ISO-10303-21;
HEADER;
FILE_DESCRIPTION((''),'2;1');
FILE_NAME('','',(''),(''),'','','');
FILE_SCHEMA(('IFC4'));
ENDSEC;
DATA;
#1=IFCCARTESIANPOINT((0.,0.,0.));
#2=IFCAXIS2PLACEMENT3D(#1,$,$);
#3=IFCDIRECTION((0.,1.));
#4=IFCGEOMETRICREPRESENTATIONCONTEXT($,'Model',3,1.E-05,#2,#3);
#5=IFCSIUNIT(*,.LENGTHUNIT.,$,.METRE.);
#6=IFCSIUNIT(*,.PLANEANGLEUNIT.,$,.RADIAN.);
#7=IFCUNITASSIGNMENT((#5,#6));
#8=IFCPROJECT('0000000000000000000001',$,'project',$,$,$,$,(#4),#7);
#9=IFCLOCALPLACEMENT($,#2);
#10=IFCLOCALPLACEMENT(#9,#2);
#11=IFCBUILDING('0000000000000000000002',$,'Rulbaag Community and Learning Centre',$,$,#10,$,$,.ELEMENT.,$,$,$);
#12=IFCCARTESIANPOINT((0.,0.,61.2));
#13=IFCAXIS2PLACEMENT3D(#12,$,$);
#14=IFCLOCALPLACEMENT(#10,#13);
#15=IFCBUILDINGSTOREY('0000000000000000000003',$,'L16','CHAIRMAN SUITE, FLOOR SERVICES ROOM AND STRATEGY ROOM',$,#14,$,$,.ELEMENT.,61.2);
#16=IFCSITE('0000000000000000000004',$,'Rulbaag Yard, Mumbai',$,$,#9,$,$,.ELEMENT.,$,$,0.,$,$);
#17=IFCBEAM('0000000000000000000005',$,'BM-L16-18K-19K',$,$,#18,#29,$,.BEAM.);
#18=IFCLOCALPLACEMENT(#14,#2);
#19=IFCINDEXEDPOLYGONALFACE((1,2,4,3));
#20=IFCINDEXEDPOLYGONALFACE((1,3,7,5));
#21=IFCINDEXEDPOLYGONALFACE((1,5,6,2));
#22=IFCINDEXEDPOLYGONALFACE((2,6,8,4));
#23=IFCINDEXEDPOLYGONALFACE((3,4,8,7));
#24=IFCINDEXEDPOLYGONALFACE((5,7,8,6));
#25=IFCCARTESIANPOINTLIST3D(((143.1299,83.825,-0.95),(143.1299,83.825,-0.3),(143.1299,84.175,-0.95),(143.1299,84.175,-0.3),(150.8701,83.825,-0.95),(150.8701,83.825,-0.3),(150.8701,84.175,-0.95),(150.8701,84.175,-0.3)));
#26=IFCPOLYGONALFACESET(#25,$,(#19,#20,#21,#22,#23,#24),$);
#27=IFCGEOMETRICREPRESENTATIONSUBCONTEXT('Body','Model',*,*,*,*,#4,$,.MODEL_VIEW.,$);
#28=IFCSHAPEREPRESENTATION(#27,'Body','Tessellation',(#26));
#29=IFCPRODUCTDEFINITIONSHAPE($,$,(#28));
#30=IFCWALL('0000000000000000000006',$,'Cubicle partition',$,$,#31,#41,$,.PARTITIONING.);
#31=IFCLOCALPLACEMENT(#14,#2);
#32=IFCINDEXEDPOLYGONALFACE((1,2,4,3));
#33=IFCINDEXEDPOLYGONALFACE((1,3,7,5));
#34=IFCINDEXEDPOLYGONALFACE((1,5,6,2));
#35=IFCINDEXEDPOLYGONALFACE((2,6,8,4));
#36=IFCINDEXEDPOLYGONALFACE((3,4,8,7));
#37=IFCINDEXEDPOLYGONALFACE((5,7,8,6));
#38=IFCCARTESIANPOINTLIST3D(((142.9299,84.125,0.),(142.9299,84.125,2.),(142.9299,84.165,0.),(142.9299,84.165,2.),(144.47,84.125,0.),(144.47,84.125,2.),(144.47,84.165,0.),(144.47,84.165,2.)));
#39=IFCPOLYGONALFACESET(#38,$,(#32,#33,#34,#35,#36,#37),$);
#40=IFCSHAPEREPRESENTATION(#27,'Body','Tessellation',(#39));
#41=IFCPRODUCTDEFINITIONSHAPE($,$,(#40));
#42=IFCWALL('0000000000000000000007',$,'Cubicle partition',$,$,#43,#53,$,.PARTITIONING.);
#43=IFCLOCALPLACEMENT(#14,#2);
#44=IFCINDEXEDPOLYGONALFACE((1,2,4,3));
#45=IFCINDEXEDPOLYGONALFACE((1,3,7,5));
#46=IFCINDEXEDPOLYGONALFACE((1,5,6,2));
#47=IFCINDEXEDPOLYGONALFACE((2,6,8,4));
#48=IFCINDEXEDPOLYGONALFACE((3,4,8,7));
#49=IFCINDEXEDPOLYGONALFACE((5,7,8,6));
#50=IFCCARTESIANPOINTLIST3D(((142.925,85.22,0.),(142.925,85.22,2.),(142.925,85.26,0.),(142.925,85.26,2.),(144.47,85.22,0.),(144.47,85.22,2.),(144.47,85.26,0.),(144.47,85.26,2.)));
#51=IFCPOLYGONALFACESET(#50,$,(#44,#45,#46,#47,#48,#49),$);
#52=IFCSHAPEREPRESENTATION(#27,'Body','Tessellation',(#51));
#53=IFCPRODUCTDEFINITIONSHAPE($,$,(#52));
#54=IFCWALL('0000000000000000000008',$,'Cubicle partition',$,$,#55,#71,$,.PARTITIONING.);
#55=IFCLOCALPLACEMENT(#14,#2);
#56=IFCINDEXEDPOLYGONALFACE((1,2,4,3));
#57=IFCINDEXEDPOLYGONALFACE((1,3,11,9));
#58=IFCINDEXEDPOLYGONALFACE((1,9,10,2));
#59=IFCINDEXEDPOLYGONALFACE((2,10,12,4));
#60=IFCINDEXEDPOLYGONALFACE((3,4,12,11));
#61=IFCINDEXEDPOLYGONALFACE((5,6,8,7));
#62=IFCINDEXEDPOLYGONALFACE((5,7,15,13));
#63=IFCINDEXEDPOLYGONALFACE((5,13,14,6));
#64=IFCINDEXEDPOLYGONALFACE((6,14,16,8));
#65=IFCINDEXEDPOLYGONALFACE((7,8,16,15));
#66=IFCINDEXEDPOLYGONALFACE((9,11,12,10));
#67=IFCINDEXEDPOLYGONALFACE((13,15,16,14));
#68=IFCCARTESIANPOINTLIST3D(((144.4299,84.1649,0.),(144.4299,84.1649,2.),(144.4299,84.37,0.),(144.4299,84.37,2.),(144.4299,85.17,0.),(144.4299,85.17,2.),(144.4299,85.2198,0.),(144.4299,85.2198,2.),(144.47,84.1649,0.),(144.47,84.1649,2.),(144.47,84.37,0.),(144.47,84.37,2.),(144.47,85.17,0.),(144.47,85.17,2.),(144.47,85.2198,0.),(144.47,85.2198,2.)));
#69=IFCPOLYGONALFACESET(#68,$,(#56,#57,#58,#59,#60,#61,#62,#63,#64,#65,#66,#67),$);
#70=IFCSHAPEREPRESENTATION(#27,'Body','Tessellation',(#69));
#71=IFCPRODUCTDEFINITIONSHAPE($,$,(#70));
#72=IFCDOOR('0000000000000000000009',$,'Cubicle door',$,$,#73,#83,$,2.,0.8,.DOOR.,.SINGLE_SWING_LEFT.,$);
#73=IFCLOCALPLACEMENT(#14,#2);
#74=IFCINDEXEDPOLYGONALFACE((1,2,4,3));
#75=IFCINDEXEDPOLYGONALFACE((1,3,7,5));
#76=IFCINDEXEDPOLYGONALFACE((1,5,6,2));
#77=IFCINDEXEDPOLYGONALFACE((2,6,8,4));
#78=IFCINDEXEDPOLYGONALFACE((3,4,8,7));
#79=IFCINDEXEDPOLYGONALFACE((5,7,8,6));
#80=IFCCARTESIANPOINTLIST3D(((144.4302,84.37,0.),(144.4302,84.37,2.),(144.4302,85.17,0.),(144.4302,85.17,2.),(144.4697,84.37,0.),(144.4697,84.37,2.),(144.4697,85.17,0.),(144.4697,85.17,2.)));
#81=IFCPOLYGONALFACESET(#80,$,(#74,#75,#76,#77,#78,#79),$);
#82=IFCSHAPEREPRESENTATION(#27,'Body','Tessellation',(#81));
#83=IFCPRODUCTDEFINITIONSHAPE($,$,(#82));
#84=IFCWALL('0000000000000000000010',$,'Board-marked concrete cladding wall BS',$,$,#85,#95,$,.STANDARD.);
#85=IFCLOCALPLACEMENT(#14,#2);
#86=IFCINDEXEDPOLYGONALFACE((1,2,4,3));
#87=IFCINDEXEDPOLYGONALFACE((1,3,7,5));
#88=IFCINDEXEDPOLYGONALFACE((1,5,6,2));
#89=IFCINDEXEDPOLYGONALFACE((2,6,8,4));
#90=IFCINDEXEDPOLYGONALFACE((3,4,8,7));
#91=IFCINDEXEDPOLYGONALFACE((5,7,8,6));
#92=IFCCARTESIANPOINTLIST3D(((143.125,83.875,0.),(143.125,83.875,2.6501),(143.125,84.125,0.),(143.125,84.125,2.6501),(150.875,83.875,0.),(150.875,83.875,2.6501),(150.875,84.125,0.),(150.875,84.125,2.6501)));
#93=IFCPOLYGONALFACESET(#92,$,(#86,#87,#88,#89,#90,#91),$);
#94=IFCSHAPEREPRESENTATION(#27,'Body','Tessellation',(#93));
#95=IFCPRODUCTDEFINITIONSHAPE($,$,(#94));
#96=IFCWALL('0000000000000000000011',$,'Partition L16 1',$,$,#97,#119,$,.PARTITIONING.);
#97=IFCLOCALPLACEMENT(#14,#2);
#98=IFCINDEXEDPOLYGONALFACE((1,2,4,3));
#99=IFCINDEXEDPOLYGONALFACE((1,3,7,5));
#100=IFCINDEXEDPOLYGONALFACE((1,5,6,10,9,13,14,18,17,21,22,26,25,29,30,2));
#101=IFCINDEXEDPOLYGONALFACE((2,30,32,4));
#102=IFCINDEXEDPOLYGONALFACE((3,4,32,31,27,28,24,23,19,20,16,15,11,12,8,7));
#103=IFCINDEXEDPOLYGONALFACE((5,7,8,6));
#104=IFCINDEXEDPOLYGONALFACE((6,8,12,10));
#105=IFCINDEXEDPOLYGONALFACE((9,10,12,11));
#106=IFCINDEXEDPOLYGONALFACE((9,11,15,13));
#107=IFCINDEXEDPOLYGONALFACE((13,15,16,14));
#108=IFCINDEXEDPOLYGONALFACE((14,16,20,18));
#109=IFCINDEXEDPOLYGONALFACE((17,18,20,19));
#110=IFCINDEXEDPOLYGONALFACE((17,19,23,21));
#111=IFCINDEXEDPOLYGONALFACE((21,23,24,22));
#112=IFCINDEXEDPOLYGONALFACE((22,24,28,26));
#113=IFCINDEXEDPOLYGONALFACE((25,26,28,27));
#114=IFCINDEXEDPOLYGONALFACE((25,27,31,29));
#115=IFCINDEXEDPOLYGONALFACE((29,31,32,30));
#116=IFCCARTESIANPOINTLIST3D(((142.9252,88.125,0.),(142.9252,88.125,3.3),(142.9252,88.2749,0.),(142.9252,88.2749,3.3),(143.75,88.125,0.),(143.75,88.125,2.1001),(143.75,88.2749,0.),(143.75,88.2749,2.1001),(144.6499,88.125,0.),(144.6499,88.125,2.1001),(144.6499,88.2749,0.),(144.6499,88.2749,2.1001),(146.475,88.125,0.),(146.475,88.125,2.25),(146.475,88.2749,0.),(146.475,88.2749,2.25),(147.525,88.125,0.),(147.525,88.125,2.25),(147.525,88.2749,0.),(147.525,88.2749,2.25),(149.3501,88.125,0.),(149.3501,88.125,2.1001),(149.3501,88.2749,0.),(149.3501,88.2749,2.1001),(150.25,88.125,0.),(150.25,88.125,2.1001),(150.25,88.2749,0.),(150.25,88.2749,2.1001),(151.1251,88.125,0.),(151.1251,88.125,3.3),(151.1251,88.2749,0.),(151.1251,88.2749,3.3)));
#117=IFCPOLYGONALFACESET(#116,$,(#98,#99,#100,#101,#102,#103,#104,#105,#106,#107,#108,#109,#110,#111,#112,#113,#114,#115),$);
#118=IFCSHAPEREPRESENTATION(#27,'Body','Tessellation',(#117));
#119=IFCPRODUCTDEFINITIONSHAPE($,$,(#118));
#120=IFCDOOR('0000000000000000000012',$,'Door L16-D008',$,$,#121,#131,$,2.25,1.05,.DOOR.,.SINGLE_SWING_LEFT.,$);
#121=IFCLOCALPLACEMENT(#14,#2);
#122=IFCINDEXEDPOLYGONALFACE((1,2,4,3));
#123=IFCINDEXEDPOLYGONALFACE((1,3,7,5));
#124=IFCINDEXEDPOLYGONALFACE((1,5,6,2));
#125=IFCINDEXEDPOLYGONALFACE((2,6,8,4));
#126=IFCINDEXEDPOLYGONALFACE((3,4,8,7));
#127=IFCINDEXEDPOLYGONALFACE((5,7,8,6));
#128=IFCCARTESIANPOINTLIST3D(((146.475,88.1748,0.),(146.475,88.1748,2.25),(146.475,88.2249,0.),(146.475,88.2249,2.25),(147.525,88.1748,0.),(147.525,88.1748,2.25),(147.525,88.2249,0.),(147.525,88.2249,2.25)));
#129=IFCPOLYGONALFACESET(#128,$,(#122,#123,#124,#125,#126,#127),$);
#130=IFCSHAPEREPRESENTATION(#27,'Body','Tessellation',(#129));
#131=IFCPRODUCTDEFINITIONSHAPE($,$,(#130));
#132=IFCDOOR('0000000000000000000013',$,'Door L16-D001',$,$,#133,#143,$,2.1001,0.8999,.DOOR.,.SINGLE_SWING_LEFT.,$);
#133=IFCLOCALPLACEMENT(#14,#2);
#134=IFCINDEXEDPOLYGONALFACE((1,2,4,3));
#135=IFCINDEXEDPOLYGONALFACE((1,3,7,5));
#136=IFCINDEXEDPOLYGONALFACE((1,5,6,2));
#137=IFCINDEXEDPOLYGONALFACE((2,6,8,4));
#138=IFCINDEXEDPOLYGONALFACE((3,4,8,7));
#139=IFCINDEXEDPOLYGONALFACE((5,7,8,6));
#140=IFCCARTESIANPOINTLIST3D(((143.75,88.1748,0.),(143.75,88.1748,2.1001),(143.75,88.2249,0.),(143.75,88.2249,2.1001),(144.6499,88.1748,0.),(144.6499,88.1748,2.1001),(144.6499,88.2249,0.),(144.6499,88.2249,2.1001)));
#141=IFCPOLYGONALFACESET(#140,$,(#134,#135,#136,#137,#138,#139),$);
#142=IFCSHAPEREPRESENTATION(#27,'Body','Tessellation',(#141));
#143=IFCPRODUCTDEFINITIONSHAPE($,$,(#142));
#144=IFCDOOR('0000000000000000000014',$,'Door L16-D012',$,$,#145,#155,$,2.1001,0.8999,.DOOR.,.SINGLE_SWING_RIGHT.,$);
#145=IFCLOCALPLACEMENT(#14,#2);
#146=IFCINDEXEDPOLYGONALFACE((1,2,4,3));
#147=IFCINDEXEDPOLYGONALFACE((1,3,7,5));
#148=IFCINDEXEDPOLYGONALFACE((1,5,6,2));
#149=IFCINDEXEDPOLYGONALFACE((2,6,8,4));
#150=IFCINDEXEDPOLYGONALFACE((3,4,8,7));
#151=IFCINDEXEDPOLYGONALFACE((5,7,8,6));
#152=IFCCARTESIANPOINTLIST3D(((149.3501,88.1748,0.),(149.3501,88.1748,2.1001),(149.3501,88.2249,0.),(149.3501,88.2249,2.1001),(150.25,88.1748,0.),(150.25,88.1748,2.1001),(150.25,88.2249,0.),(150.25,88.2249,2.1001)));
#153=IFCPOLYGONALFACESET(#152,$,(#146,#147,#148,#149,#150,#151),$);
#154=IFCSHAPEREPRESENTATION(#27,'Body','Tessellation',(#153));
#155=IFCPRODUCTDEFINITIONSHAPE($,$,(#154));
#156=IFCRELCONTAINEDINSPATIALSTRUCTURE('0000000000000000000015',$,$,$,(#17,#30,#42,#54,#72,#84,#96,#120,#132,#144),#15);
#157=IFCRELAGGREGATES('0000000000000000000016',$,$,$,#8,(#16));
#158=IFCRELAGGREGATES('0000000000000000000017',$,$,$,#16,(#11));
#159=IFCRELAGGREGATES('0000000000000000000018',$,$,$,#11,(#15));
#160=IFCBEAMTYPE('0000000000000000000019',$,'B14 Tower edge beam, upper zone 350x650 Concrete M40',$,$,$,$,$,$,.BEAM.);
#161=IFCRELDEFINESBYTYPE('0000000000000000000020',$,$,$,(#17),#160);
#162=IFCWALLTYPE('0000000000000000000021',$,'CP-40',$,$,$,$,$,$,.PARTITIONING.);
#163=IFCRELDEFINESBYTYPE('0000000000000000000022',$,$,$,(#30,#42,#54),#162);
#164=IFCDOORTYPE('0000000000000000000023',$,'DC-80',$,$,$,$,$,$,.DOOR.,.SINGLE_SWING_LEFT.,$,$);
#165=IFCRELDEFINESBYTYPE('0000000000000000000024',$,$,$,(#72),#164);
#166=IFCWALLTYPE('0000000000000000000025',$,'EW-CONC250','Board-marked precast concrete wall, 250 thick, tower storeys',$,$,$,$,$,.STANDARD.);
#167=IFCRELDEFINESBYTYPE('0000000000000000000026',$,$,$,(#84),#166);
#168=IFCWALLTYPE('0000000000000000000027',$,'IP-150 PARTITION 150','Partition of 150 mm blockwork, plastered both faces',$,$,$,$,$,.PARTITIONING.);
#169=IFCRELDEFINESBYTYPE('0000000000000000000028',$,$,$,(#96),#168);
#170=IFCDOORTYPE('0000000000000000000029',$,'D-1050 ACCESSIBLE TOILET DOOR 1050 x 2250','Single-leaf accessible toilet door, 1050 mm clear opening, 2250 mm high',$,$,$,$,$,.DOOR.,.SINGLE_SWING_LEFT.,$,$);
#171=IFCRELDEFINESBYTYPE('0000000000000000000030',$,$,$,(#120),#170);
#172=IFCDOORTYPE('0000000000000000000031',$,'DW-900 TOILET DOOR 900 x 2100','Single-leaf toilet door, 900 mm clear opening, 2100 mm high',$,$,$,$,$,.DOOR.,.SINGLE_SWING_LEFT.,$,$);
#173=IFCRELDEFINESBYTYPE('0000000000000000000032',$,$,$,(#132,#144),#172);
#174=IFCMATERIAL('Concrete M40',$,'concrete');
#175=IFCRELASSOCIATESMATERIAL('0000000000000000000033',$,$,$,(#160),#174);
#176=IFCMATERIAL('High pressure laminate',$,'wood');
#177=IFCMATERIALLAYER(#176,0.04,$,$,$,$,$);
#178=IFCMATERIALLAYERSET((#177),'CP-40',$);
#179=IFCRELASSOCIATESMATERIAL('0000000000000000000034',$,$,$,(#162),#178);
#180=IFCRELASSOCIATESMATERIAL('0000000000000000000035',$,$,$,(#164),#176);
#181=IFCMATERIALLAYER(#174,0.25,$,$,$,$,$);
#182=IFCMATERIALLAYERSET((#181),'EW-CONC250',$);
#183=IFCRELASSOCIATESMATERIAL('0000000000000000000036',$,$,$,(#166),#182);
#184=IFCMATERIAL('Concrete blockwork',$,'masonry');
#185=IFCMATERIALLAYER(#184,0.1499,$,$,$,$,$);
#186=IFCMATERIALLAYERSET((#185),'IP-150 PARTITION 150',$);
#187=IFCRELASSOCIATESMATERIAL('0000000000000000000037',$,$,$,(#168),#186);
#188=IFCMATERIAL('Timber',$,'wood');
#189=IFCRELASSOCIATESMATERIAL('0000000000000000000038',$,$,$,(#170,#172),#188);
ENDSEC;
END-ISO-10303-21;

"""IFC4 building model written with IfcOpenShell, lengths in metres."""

from ifc_helpers import new_model, si_unit, direction, frame, frame_2d, origin, origin_2d, place, context, subcontext, project, spatial, rectangle, extrude, material, layer, layer_set, material_profile, profile_set, type_object, element, fill, save


model = new_model("IFC4")

# Units and contexts
model_context = context("Model", 3, precision=1e-05, world=origin(), true_north=direction((0.0, 1.0)))
body_context = subcontext(model_context, "Body", "Model", "MODEL_VIEW")
ifc_project = project(units=[si_unit("LENGTHUNIT", "METRE"), si_unit("PLANEANGLEUNIT", "RADIAN")], contexts=[model_context])

# Site, building, storey
site_placement = place(None, origin())
site = spatial("IfcSite", under=ifc_project, at=site_placement, Name="Rulbaag Yard, Mumbai", CompositionType="ELEMENT", RefElevation=0.0)
building_placement = place(site_placement, origin())
building = spatial("IfcBuilding", under=site, at=building_placement, Name="Rulbaag Community and Learning Centre", CompositionType="ELEMENT")
storey_placement = place(building_placement, frame((0.0, 0.0, 61.2)))
storey = spatial("IfcBuildingStorey", under=building, at=storey_placement, Name="L16", Description="CHAIRMAN SUITE, FLOOR SERVICES ROOM AND STRATEGY ROOM", CompositionType="ELEMENT", Elevation=61.2)

# Beam
ifc_material_1 = material(Name="Concrete M40", Category="concrete")
ifc_material_profile = material_profile(ifc_material_1, rectangle(XDim=0.3501, YDim=0.6499, at=origin_2d()), Name="RB350x650")
ifc_profile_set = profile_set([ifc_material_profile], Name="Concrete M40")
beam_type = type_object("IfcBeamType", Name="B14 Tower edge beam, upper zone 350x650 Concrete M40", PredefinedType="BEAM", material=ifc_profile_set)
beam_placement = place(storey_placement, frame((143.1299, 84.0, -0.625), z_axis=(1.0, 0.0, 0.0), x_axis=(0.0, 1.0, 0.0)))
element("IfcBeam", 1, at=beam_placement, inside=storey, type_object=beam_type, Name="BM-L16-18K-19K", PredefinedType="BEAM", context=body_context, shape_type="SweptSolid", body=[
    extrude(rectangle(XDim=0.3501, YDim=0.6499, at=origin_2d()), origin(), (0.0, 0.0, 1.0), 7.7402),
])

# Walls
ifc_material_2 = material(Name="High pressure laminate", Category="wood")
ifc_layer_1 = layer(ifc_material_2, 0.04)
ifc_layer_set_1 = layer_set([ifc_layer_1], Name="CP-40")
wall_type_1 = type_object("IfcWallType", Name="CP-40", PredefinedType="PARTITIONING", material=ifc_layer_set_1)
wall_1_placement = place(storey_placement, frame((142.9299, 84.145, 0.0), z_axis=(0.0, 0.0, 1.0), x_axis=(1.0, 0.0, 0.0)))
element("IfcWall", 2, at=wall_1_placement, inside=storey, type_object=wall_type_1, Name="Cubicle partition", PredefinedType="PARTITIONING", context=body_context, shape_type="SweptSolid", body=[
    extrude(rectangle(XDim=1.54, YDim=0.04, at=frame_2d((0.77, 0.0))), origin(), (0.0, 0.0, 1.0), 2.0),
])
wall_2_placement = place(storey_placement, frame((142.925, 85.24, 0.0), z_axis=(0.0, 0.0, 1.0), x_axis=(1.0, 0.0, 0.0)))
element("IfcWall", 3, at=wall_2_placement, inside=storey, type_object=wall_type_1, Name="Cubicle partition", PredefinedType="PARTITIONING", context=body_context, shape_type="SweptSolid", body=[
    extrude(rectangle(XDim=1.5449, YDim=0.04, at=frame_2d((0.7725, 0.0))), origin(), (0.0, 0.0, 1.0), 2.0),
])

# Wall, opening, door
wall_3_placement = place(storey_placement, frame((144.45, 84.165, 0.0), z_axis=(0.0, 0.0, 1.0), x_axis=(0.0, 1.0, 0.0)))
wall_3 = element("IfcWall", 4, at=wall_3_placement, inside=storey, type_object=wall_type_1, Name="Cubicle partition", PredefinedType="PARTITIONING", context=body_context, shape_type="SweptSolid", body=[
    extrude(rectangle(XDim=1.0549, YDim=0.04, at=frame_2d((0.5273, 0.0))), origin(), (0.0, 0.0, 1.0), 2.0),
])
opening_1_placement = place(wall_3_placement, frame((0.2051, 0.0, 0.0)))
opening_1 = element("IfcOpeningElement", 5, at=opening_1_placement, cuts=wall_3, PredefinedType="OPENING", context=body_context, shape_type="SweptSolid", body=[
    extrude(rectangle(XDim=0.8, YDim=2.0, at=frame_2d((0.3999, 1.0))), frame((0.0, 0.03, 0.0), z_axis=(0.0, -1.0, 0.0), x_axis=(1.0, 0.0, 0.0)), (0.0, 0.0, 1.0), 0.0601),
])
door_type_1 = type_object("IfcDoorType", Name="DC-80", OperationType="SINGLE_SWING_LEFT", PredefinedType="DOOR", material=ifc_material_2)
door_1_placement = place(opening_1_placement, origin())
door_1 = element("IfcDoor", 6, at=door_1_placement, inside=storey, type_object=door_type_1, Name="Cubicle door", OperationType="SINGLE_SWING_LEFT", OverallHeight=2.0, OverallWidth=0.8, PredefinedType="DOOR", context=body_context, shape_type="SweptSolid", body=[
    extrude(rectangle(XDim=0.8, YDim=2.0, at=frame_2d((0.3999, 1.0))), frame((0.0, 0.0198, 0.0), z_axis=(0.0, -1.0, 0.0), x_axis=(1.0, 0.0, 0.0)), (0.0, 0.0, 1.0), 0.0396),
])
fill(opening_1, door_1)

# Wall
ifc_layer_2 = layer(ifc_material_1, 0.25)
ifc_layer_set_2 = layer_set([ifc_layer_2], Name="EW-CONC250")
wall_type_2 = type_object("IfcWallType", Name="EW-CONC250", Description="Board-marked precast concrete wall, 250 thick, tower storeys", PredefinedType="STANDARD", material=ifc_layer_set_2)
wall_4_placement = place(storey_placement, frame((143.125, 84.0, 0.0), z_axis=(0.0, 0.0, 1.0), x_axis=(1.0, 0.0, 0.0)))
element("IfcWall", 7, at=wall_4_placement, inside=storey, type_object=wall_type_2, Name="Board-marked concrete cladding wall BS", PredefinedType="STANDARD", context=body_context, shape_type="SweptSolid", body=[
    extrude(rectangle(XDim=7.75, YDim=0.25, at=frame_2d((3.875, 0.0))), origin(), (0.0, 0.0, 1.0), 2.6501),
])

# Wall, openings, doors
ifc_material_3 = material(Name="Concrete blockwork", Category="masonry")
ifc_layer_3 = layer(ifc_material_3, 0.1499)
ifc_layer_set_3 = layer_set([ifc_layer_3], Name="IP-150 PARTITION 150")
wall_type_3 = type_object("IfcWallType", Name="IP-150 PARTITION 150", Description="Partition of 150 mm blockwork, plastered both faces", PredefinedType="PARTITIONING", material=ifc_layer_set_3)
wall_5_placement = place(storey_placement, frame((142.925, 88.2, 0.0), z_axis=(0.0, 0.0, 1.0), x_axis=(1.0, 0.0, 0.0)))
wall_5 = element("IfcWall", 8, at=wall_5_placement, inside=storey, type_object=wall_type_3, Name="Partition L16 1", PredefinedType="PARTITIONING", context=body_context, shape_type="SweptSolid", body=[
    extrude(rectangle(XDim=8.2, YDim=0.1499, at=frame_2d((4.1001, 0.0))), origin(), (0.0, 0.0, 1.0), 3.3),
])
opening_2_placement = place(wall_5_placement, frame((0.825, 0.0, 0.0)))
opening_2 = element("IfcOpeningElement", 9, at=opening_2_placement, cuts=wall_5, PredefinedType="OPENING", context=body_context, shape_type="SweptSolid", body=[
    extrude(rectangle(XDim=0.8999, YDim=2.1001, at=frame_2d((0.45, 1.05))), frame((0.0, 0.085, 0.0), z_axis=(0.0, -1.0, 0.0), x_axis=(1.0, 0.0, 0.0)), (0.0, 0.0, 1.0), 0.1699),
])
opening_3_placement = place(wall_5_placement, frame((3.55, 0.0, 0.0)))
opening_3 = element("IfcOpeningElement", 10, at=opening_3_placement, cuts=wall_5, PredefinedType="OPENING", context=body_context, shape_type="SweptSolid", body=[
    extrude(rectangle(XDim=1.05, YDim=2.25, at=frame_2d((0.5249, 1.125))), frame((0.0, 0.085, 0.0), z_axis=(0.0, -1.0, 0.0), x_axis=(1.0, 0.0, 0.0)), (0.0, 0.0, 1.0), 0.1699),
])
opening_4_placement = place(wall_5_placement, frame((6.425, 0.0, 0.0)))
opening_4 = element("IfcOpeningElement", 11, at=opening_4_placement, cuts=wall_5, PredefinedType="OPENING", context=body_context, shape_type="SweptSolid", body=[
    extrude(rectangle(XDim=0.8999, YDim=2.1001, at=frame_2d((0.45, 1.05))), frame((0.0, 0.085, 0.0), z_axis=(0.0, -1.0, 0.0), x_axis=(1.0, 0.0, 0.0)), (0.0, 0.0, 1.0), 0.1699),
])
ifc_material_4 = material(Name="Timber", Category="wood")
door_type_2 = type_object("IfcDoorType", Name="D-1050 ACCESSIBLE TOILET DOOR 1050 x 2250", Description="Single-leaf accessible toilet door, 1050 mm clear opening, 2250 mm high", OperationType="SINGLE_SWING_LEFT", PredefinedType="DOOR", material=ifc_material_4)
door_2_placement = place(opening_3_placement, origin())
door_2 = element("IfcDoor", 12, at=door_2_placement, inside=storey, type_object=door_type_2, Name="Door L16-D008", OperationType="SINGLE_SWING_LEFT", OverallHeight=2.25, OverallWidth=1.05, PredefinedType="DOOR", context=body_context, shape_type="SweptSolid", body=[
    extrude(rectangle(XDim=1.05, YDim=2.25, at=frame_2d((0.5249, 1.125))), frame((0.0, 0.0249, 0.0), z_axis=(0.0, -1.0, 0.0), x_axis=(1.0, 0.0, 0.0)), (0.0, 0.0, 1.0), 0.05),
])
fill(opening_3, door_2)
door_type_3 = type_object("IfcDoorType", Name="DW-900 TOILET DOOR 900 x 2100", Description="Single-leaf toilet door, 900 mm clear opening, 2100 mm high", OperationType="SINGLE_SWING_LEFT", PredefinedType="DOOR", material=ifc_material_4)
door_3_placement = place(opening_2_placement, origin())
door_3 = element("IfcDoor", 13, at=door_3_placement, inside=storey, type_object=door_type_3, Name="Door L16-D001", OperationType="SINGLE_SWING_LEFT", OverallHeight=2.1001, OverallWidth=0.8999, PredefinedType="DOOR", context=body_context, shape_type="SweptSolid", body=[
    extrude(rectangle(XDim=0.8999, YDim=2.1001, at=frame_2d((0.45, 1.05))), frame((0.0, 0.0249, 0.0), z_axis=(0.0, -1.0, 0.0), x_axis=(1.0, 0.0, 0.0)), (0.0, 0.0, 1.0), 0.05),
])
fill(opening_2, door_3)
door_4_placement = place(opening_4_placement, origin())
door_4 = element("IfcDoor", 14, at=door_4_placement, inside=storey, type_object=door_type_3, Name="Door L16-D012", OperationType="SINGLE_SWING_RIGHT", OverallHeight=2.1001, OverallWidth=0.8999, PredefinedType="DOOR", context=body_context, shape_type="SweptSolid", body=[
    extrude(rectangle(XDim=0.8999, YDim=2.1001, at=frame_2d((0.45, 1.05))), frame((0.0, 0.0249, 0.0), z_axis=(0.0, -1.0, 0.0), x_axis=(1.0, 0.0, 0.0)), (0.0, 0.0, 1.0), 0.05),
])
fill(opening_4, door_4)

save(model, "model.ifc")
